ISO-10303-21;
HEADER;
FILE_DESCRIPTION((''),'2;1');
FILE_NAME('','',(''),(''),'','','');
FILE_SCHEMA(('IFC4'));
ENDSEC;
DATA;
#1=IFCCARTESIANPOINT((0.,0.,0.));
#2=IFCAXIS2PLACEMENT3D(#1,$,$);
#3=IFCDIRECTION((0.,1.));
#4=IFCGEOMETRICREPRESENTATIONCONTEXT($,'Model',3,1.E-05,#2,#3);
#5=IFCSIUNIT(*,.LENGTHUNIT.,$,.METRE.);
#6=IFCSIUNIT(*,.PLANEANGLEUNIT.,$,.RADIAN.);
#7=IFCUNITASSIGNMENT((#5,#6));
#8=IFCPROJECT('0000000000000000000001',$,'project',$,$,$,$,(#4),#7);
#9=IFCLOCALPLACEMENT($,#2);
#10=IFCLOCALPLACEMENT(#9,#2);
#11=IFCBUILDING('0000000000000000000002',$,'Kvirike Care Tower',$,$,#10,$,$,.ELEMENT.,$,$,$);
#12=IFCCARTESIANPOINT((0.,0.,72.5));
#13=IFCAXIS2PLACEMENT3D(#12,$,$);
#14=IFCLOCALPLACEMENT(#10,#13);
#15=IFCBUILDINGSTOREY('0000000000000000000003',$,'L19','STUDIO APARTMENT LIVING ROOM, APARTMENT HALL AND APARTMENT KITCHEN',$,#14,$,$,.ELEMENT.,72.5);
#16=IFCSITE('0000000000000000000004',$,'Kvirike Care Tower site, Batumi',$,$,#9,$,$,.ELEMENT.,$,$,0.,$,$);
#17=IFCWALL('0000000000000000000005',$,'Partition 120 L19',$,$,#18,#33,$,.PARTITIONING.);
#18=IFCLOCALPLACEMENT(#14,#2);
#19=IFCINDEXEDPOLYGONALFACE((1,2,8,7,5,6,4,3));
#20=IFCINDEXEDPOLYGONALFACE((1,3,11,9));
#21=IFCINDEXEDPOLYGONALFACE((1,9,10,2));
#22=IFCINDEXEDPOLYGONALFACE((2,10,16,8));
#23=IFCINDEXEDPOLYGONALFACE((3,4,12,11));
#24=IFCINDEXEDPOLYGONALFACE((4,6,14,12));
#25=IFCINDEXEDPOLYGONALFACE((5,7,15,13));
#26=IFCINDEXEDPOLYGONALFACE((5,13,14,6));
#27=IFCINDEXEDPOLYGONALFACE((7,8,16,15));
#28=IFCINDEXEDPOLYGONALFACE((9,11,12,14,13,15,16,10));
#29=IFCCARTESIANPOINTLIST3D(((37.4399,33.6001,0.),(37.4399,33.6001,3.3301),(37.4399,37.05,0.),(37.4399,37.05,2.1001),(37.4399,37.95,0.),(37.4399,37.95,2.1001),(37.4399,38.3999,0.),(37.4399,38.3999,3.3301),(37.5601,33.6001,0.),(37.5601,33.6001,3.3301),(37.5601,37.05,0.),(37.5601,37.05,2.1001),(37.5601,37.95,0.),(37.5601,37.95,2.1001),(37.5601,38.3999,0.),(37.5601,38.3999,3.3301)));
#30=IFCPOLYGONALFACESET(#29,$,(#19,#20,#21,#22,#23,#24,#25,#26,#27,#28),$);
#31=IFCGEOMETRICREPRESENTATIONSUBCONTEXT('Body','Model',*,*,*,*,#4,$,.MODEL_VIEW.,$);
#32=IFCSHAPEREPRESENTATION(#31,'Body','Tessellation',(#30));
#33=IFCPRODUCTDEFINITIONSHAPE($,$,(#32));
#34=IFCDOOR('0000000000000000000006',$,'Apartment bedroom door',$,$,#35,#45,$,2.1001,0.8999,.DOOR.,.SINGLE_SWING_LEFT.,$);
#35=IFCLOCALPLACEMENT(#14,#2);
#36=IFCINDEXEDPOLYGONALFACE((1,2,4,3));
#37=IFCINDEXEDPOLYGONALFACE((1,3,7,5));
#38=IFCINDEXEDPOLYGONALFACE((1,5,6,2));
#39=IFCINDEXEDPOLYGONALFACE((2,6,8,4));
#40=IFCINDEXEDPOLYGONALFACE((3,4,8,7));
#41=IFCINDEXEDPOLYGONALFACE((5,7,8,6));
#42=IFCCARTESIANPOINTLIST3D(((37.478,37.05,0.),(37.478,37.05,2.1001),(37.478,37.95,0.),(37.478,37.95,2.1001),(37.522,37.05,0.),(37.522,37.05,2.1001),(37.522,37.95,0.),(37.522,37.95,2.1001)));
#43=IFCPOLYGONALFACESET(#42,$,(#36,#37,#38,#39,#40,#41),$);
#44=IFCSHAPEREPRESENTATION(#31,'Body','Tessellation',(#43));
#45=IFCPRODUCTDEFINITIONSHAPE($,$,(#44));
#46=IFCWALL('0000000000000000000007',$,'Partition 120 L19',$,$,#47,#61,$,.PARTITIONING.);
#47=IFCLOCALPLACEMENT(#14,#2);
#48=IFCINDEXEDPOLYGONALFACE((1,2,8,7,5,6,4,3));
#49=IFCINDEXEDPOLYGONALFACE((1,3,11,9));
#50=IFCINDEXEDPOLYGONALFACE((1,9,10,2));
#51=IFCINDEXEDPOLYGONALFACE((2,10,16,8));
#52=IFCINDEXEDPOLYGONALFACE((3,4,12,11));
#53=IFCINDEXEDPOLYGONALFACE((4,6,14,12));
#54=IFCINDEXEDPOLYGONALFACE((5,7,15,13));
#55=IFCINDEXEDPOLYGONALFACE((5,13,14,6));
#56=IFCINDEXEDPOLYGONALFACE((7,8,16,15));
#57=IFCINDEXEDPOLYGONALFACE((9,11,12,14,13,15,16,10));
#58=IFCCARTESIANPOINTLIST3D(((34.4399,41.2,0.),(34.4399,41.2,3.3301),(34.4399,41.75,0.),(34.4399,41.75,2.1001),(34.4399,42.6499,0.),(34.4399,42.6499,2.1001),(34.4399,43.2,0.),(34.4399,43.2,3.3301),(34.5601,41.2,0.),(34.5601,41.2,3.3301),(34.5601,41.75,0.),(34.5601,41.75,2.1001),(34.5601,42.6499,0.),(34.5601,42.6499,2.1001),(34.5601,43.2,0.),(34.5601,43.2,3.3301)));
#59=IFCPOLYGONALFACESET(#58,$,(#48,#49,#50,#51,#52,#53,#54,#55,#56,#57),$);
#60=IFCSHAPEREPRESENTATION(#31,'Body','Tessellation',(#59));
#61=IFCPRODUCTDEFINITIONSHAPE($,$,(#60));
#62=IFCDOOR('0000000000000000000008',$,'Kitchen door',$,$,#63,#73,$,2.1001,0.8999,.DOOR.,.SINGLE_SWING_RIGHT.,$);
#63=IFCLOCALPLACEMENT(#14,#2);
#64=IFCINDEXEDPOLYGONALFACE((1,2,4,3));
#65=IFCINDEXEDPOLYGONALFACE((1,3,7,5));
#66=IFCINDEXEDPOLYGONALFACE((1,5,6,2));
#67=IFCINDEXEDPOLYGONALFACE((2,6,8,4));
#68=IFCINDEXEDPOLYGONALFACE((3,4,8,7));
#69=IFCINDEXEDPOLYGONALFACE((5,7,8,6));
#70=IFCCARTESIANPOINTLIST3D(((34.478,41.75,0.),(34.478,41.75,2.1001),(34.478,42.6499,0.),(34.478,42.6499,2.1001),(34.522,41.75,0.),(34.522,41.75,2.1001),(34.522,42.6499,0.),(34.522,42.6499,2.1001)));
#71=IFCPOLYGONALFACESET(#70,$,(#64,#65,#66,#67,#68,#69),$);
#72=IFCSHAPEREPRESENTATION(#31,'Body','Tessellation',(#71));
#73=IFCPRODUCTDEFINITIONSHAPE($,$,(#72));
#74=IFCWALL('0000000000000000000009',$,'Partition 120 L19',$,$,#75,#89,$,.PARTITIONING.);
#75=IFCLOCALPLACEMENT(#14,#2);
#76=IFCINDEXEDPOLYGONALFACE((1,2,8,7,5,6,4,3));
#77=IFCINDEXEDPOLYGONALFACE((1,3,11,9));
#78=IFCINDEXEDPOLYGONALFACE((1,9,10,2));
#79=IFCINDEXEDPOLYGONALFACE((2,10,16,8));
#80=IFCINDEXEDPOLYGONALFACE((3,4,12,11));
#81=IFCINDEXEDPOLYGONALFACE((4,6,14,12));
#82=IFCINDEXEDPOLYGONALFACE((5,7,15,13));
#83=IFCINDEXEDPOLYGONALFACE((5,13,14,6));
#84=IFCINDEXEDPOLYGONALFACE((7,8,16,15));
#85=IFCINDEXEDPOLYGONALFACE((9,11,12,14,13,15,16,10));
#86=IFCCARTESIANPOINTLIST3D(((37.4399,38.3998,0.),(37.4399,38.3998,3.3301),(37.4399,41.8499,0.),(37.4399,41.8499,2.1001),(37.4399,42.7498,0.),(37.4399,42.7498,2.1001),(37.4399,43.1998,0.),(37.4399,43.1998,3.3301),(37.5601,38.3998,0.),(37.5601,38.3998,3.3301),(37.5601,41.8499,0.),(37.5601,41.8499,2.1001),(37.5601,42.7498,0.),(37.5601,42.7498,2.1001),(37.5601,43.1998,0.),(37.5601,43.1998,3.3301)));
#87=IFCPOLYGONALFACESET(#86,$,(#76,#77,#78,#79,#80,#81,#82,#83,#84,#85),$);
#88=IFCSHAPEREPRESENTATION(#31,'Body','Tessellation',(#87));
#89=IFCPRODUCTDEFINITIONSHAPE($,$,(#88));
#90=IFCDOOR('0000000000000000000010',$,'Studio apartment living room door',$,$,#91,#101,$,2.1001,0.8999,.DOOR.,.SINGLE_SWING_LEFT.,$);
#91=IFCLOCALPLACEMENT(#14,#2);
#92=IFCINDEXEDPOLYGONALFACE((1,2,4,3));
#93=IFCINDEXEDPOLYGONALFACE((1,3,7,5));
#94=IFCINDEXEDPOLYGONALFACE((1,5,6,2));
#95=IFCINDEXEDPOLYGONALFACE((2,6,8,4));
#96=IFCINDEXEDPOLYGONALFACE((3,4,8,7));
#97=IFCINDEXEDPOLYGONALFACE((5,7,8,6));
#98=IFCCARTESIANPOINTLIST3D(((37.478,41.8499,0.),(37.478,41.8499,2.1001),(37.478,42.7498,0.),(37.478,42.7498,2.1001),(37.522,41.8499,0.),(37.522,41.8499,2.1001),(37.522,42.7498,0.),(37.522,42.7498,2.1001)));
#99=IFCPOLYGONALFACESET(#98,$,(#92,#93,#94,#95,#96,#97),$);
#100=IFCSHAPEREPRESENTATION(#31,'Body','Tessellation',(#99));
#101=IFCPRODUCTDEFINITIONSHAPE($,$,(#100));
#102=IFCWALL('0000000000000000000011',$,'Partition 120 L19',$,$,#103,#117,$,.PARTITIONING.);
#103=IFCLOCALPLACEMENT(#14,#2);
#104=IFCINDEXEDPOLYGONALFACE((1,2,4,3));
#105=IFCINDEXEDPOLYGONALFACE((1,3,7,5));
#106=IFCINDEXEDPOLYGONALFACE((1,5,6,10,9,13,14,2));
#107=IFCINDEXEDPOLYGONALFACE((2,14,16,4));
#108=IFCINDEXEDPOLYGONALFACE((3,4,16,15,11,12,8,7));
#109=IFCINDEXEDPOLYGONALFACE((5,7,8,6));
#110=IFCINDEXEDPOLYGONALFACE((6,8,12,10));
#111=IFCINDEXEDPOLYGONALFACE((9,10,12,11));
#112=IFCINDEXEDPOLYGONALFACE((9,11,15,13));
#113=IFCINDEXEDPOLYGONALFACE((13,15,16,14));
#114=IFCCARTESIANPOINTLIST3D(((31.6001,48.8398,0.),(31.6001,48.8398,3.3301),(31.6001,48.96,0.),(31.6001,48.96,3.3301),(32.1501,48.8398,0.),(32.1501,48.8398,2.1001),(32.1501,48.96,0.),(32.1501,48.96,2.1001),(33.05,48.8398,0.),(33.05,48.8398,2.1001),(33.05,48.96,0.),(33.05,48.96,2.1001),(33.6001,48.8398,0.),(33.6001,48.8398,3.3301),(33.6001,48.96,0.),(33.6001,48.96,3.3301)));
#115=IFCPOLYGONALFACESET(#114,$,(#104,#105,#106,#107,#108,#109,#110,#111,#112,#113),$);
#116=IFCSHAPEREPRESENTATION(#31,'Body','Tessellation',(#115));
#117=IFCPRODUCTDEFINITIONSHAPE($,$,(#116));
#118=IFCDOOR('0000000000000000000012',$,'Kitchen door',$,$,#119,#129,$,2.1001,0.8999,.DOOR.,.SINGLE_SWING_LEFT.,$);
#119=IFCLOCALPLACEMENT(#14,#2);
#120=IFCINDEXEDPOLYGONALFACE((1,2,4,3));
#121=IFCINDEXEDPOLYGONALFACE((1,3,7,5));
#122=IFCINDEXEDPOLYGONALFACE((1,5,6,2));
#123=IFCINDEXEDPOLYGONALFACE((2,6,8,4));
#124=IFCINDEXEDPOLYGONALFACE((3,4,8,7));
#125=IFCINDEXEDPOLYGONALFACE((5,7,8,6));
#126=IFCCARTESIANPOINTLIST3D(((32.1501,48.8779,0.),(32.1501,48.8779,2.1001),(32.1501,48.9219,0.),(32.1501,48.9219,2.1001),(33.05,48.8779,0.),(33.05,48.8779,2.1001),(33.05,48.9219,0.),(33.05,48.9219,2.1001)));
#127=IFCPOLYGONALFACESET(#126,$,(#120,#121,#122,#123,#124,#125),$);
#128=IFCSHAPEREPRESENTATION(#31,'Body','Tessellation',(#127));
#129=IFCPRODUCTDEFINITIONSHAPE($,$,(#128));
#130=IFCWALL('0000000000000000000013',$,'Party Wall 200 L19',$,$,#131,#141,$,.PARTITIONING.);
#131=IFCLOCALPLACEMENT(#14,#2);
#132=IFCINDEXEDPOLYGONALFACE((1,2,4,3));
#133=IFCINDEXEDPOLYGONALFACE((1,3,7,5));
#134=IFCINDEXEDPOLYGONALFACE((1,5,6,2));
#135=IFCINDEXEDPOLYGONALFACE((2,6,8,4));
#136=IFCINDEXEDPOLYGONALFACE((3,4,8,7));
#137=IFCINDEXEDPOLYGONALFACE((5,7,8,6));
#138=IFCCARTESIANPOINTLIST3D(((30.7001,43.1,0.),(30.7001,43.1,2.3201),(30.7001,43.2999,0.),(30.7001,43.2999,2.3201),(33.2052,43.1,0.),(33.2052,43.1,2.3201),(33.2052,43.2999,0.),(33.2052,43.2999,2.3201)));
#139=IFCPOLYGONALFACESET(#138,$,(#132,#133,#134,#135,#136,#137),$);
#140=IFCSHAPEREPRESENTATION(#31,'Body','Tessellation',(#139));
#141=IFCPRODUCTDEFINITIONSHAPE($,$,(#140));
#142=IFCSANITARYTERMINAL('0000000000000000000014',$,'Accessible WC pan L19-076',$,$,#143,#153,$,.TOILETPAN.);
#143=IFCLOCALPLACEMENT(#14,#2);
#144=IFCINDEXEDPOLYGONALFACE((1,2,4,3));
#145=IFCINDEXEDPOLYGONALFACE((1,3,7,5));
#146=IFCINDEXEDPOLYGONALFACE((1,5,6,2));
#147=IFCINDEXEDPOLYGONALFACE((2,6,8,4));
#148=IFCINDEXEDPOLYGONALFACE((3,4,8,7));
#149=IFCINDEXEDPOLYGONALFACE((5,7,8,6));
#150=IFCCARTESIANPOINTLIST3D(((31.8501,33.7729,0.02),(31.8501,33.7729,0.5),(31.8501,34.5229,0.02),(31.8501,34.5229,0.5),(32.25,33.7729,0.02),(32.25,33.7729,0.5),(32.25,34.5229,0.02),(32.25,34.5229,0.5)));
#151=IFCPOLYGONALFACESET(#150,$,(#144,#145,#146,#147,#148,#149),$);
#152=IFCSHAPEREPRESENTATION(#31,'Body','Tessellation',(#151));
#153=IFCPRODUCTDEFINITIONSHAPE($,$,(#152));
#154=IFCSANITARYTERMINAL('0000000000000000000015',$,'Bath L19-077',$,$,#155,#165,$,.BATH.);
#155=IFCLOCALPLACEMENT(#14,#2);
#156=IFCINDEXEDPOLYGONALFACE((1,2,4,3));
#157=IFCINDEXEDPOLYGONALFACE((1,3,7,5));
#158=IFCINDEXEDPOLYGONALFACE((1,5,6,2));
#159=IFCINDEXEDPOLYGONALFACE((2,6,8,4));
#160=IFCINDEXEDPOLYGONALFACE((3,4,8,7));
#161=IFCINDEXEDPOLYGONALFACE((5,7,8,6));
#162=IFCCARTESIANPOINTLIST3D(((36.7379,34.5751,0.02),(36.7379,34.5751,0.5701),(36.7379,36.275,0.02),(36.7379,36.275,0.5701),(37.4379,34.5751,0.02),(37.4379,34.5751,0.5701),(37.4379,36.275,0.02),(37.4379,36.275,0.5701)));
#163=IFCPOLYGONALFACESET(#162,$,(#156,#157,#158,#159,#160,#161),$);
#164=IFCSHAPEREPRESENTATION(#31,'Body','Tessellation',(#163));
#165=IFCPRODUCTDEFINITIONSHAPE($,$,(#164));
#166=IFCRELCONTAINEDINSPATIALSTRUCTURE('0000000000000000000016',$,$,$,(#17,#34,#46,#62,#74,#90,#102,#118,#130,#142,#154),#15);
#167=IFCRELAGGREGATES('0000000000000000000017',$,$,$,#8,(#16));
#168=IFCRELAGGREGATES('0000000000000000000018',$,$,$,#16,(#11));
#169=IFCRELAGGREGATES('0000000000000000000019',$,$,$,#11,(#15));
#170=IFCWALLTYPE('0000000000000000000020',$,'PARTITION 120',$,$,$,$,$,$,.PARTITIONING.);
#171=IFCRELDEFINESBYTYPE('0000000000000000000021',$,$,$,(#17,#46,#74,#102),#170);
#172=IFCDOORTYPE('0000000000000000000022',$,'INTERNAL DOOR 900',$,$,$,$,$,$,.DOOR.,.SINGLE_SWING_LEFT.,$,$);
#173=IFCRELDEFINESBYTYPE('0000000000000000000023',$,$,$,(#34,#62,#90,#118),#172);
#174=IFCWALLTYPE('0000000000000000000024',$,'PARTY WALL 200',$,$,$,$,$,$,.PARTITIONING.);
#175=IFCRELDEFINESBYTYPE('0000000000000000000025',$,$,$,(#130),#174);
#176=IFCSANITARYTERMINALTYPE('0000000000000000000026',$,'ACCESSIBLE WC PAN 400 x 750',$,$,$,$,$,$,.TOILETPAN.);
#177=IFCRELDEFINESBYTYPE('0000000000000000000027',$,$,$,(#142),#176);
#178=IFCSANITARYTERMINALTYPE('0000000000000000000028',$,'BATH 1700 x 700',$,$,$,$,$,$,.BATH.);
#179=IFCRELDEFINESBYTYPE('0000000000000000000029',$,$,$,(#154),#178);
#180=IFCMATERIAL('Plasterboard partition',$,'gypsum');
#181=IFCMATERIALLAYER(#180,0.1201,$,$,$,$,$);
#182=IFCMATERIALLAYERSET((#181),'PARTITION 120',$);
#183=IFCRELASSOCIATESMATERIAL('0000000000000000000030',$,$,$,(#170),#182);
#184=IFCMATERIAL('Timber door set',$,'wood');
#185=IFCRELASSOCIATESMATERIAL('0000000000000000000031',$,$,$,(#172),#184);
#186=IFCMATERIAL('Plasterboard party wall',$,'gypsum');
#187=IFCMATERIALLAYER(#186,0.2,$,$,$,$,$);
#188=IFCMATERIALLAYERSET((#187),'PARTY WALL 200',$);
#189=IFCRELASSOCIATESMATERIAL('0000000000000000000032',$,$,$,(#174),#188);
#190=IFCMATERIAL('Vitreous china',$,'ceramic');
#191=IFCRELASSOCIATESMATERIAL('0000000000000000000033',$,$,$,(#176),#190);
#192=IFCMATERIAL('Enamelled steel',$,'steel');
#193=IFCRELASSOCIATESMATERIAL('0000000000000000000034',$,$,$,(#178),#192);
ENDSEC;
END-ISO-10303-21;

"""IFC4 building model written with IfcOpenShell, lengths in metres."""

from ifc_helpers import new_model, si_unit, direction, frame, frame_2d, origin, origin_2d, place, context, subcontext, project, spatial, rectangle, extrude, material, layer, layer_set, type_object, element, fill, save


model = new_model("IFC4")

# Units and contexts
model_context = context("Model", 3, precision=1e-05, world=origin(), true_north=direction((0.0, 1.0)))
body_context = subcontext(model_context, "Body", "Model", "MODEL_VIEW")
ifc_project = project(units=[si_unit("LENGTHUNIT", "METRE"), si_unit("PLANEANGLEUNIT", "RADIAN")], contexts=[model_context])

# Site, building, storey
site_placement = place(None, origin())
site = spatial("IfcSite", under=ifc_project, at=site_placement, Name="Kvirike Care Tower site, Batumi", CompositionType="ELEMENT", RefElevation=0.0)
building_placement = place(site_placement, origin())
building = spatial("IfcBuilding", under=site, at=building_placement, Name="Kvirike Care Tower", CompositionType="ELEMENT")
storey_placement = place(building_placement, frame((0.0, 0.0, 72.5)))
storey = spatial("IfcBuildingStorey", under=building, at=storey_placement, Name="L19", Description="STUDIO APARTMENT LIVING ROOM, APARTMENT HALL AND APARTMENT KITCHEN", CompositionType="ELEMENT", Elevation=72.5)

# Walls, openings, doors
ifc_material_1 = material(Name="Plasterboard partition", Category="gypsum")
ifc_layer_1 = layer(ifc_material_1, 0.1201)
ifc_layer_set_1 = layer_set([ifc_layer_1], Name="PARTITION 120")
wall_type_1 = type_object("IfcWallType", Name="PARTITION 120", PredefinedType="PARTITIONING", material=ifc_layer_set_1)
wall_1_placement = place(storey_placement, frame((37.5, 33.6001, 0.0), z_axis=(0.0, 0.0, 1.0), x_axis=(0.0, 1.0, 0.0)))
wall_1 = element("IfcWall", 1, at=wall_1_placement, inside=storey, type_object=wall_type_1, Name="Partition 120 L19", PredefinedType="PARTITIONING", context=body_context, shape_type="SweptSolid", body=[
    extrude(rectangle(XDim=4.7998, YDim=0.1201, at=frame_2d((2.3999, 0.0))), origin(), (0.0, 0.0, 1.0), 3.3301),
])
opening_1_placement = place(wall_1_placement, frame((3.45, 0.0, 0.0)))
opening_1 = element("IfcOpeningElement", 2, at=opening_1_placement, cuts=wall_1, PredefinedType="OPENING", context=body_context, shape_type="SweptSolid", body=[
    extrude(rectangle(XDim=0.8999, YDim=2.1001, at=frame_2d((0.45, 1.05))), frame((0.0, 0.0706, 0.0), z_axis=(0.0, -1.0, 0.0), x_axis=(1.0, 0.0, 0.0)), (0.0, 0.0, 1.0), 0.1411),
])
ifc_material_2 = material(Name="Timber door set", Category="wood")
door_type_1 = type_object("IfcDoorType", Name="INTERNAL DOOR 900", OperationType="SINGLE_SWING_LEFT", PredefinedType="DOOR", material=ifc_material_2)
door_1_placement = place(opening_1_placement, origin())
door_1 = element("IfcDoor", 3, at=door_1_placement, inside=storey, type_object=door_type_1, Name="Apartment bedroom door", OperationType="SINGLE_SWING_LEFT", OverallHeight=2.1001, OverallWidth=0.8999, PredefinedType="DOOR", context=body_context, shape_type="SweptSolid", body=[
    extrude(rectangle(XDim=0.8999, YDim=2.1001, at=frame_2d((0.45, 1.05))), frame((0.0, 0.022, 0.0), z_axis=(0.0, -1.0, 0.0), x_axis=(1.0, 0.0, 0.0)), (0.0, 0.0, 1.0), 0.0439),
])
fill(opening_1, door_1)
wall_2_placement = place(storey_placement, frame((34.5, 41.2, 0.0), z_axis=(0.0, 0.0, 1.0), x_axis=(0.0, 1.0, 0.0)))
wall_2 = element("IfcWall", 4, at=wall_2_placement, inside=storey, type_object=wall_type_1, Name="Partition 120 L19", PredefinedType="PARTITIONING", context=body_context, shape_type="SweptSolid", body=[
    extrude(rectangle(XDim=2.0, YDim=0.1201, at=frame_2d((1.0, 0.0))), origin(), (0.0, 0.0, 1.0), 3.3301),
])
opening_2_placement = place(wall_2_placement, frame((0.55, 0.0, 0.0)))
opening_2 = element("IfcOpeningElement", 5, at=opening_2_placement, cuts=wall_2, PredefinedType="OPENING", context=body_context, shape_type="SweptSolid", body=[
    extrude(rectangle(XDim=0.8999, YDim=2.1001, at=frame_2d((0.45, 1.05))), frame((0.0, 0.0706, 0.0), z_axis=(0.0, -1.0, 0.0), x_axis=(1.0, 0.0, 0.0)), (0.0, 0.0, 1.0), 0.1411),
])
door_2_placement = place(opening_2_placement, frame((0.8999, 0.0, 0.0), z_axis=(0.0, 0.0, 1.0), x_axis=(-1.0, 0.0, 0.0)))
door_2 = element("IfcDoor", 6, at=door_2_placement, inside=storey, type_object=door_type_1, Name="Kitchen door", OperationType="SINGLE_SWING_RIGHT", OverallHeight=2.1001, OverallWidth=0.8999, PredefinedType="DOOR", context=body_context, shape_type="SweptSolid", body=[
    extrude(rectangle(XDim=0.8999, YDim=2.1001, at=frame_2d((0.45, 1.05))), frame((0.0, 0.022, 0.0), z_axis=(0.0, -1.0, 0.0), x_axis=(1.0, 0.0, 0.0)), (0.0, 0.0, 1.0), 0.0439),
])
fill(opening_2, door_2)
wall_3_placement = place(storey_placement, frame((37.5, 38.3999, 0.0), z_axis=(0.0, 0.0, 1.0), x_axis=(0.0, 1.0, 0.0)))
wall_3 = element("IfcWall", 7, at=wall_3_placement, inside=storey, type_object=wall_type_1, Name="Partition 120 L19", PredefinedType="PARTITIONING", context=body_context, shape_type="SweptSolid", body=[
    extrude(rectangle(XDim=4.8, YDim=0.1201, at=frame_2d((2.3999, 0.0))), origin(), (0.0, 0.0, 1.0), 3.3301),
])
opening_3_placement = place(wall_3_placement, frame((3.45, 0.0, 0.0)))
opening_3 = element("IfcOpeningElement", 8, at=opening_3_placement, cuts=wall_3, PredefinedType="OPENING", context=body_context, shape_type="SweptSolid", body=[
    extrude(rectangle(XDim=0.8999, YDim=2.1001, at=frame_2d((0.45, 1.05))), frame((0.0, 0.0706, 0.0), z_axis=(0.0, -1.0, 0.0), x_axis=(1.0, 0.0, 0.0)), (0.0, 0.0, 1.0), 0.1411),
])
door_3_placement = place(opening_3_placement, origin())
door_3 = element("IfcDoor", 9, at=door_3_placement, inside=storey, type_object=door_type_1, Name="Studio apartment living room door", OperationType="SINGLE_SWING_LEFT", OverallHeight=2.1001, OverallWidth=0.8999, PredefinedType="DOOR", context=body_context, shape_type="SweptSolid", body=[
    extrude(rectangle(XDim=0.8999, YDim=2.1001, at=frame_2d((0.45, 1.05))), frame((0.0, 0.022, 0.0), z_axis=(0.0, -1.0, 0.0), x_axis=(1.0, 0.0, 0.0)), (0.0, 0.0, 1.0), 0.0439),
])
fill(opening_3, door_3)
wall_4_placement = place(storey_placement, frame((33.6001, 48.8999, 0.0), z_axis=(0.0, 0.0, 1.0), x_axis=(-1.0, 0.0, 0.0)))
wall_4 = element("IfcWall", 10, at=wall_4_placement, inside=storey, type_object=wall_type_1, Name="Partition 120 L19", PredefinedType="PARTITIONING", context=body_context, shape_type="SweptSolid", body=[
    extrude(rectangle(XDim=2.0, YDim=0.1201, at=frame_2d((1.0, 0.0))), origin(), (0.0, 0.0, 1.0), 3.3301),
])
opening_4_placement = place(wall_4_placement, frame((0.55, 0.0, 0.0)))
opening_4 = element("IfcOpeningElement", 11, at=opening_4_placement, cuts=wall_4, PredefinedType="OPENING", context=body_context, shape_type="SweptSolid", body=[
    extrude(rectangle(XDim=0.8999, YDim=2.1001, at=frame_2d((0.45, 1.05))), frame((0.0, 0.0706, 0.0), z_axis=(0.0, -1.0, 0.0), x_axis=(1.0, 0.0, 0.0)), (0.0, 0.0, 1.0), 0.1411),
])
door_4_placement = place(opening_4_placement, frame((0.8999, 0.0, 0.0), z_axis=(0.0, 0.0, 1.0), x_axis=(-1.0, 0.0, 0.0)))
door_4 = element("IfcDoor", 12, at=door_4_placement, inside=storey, type_object=door_type_1, Name="Kitchen door", OperationType="SINGLE_SWING_LEFT", OverallHeight=2.1001, OverallWidth=0.8999, PredefinedType="DOOR", context=body_context, shape_type="SweptSolid", body=[
    extrude(rectangle(XDim=0.8999, YDim=2.1001, at=frame_2d((0.45, 1.05))), frame((0.0, 0.022, 0.0), z_axis=(0.0, -1.0, 0.0), x_axis=(1.0, 0.0, 0.0)), (0.0, 0.0, 1.0), 0.0439),
])
fill(opening_4, door_4)

# Wall
ifc_material_3 = material(Name="Plasterboard party wall", Category="gypsum")
ifc_layer_2 = layer(ifc_material_3, 0.2)
ifc_layer_set_2 = layer_set([ifc_layer_2], Name="PARTY WALL 200")
wall_type_2 = type_object("IfcWallType", Name="PARTY WALL 200", PredefinedType="PARTITIONING", material=ifc_layer_set_2)
wall_5_placement = place(storey_placement, frame((33.2051, 43.2, 0.0), z_axis=(0.0, 0.0, 1.0), x_axis=(-1.0, 0.0, 0.0)))
element("IfcWall", 13, at=wall_5_placement, inside=storey, type_object=wall_type_2, Name="Party Wall 200 L19", PredefinedType="PARTITIONING", context=body_context, shape_type="SweptSolid", body=[
    extrude(rectangle(XDim=2.5051, YDim=0.2, at=frame_2d((1.2524, 0.0))), origin(), (0.0, 0.0, 1.0), 2.3201),
])

# Sanitary terminals
ifc_material_4 = material(Name="Vitreous china", Category="ceramic")
sanitary_terminal_type_1 = type_object("IfcSanitaryTerminalType", Name="ACCESSIBLE WC PAN 400 x 750", PredefinedType="TOILETPAN", material=ifc_material_4)
sanitary_terminal_1_placement = place(storey_placement, frame((32.05, 34.1479, 0.02), z_axis=(0.0, 0.0, 1.0), x_axis=(1.0, 0.0, 0.0)))
element("IfcSanitaryTerminal", 14, at=sanitary_terminal_1_placement, inside=storey, type_object=sanitary_terminal_type_1, Name="Accessible WC pan L19-076", PredefinedType="TOILETPAN", context=body_context, shape_type="SweptSolid", body=[
    extrude(rectangle(XDim=0.3999, YDim=0.75, at=origin_2d()), origin(), (0.0, 0.0, 1.0), 0.48),
])
ifc_material_5 = material(Name="Enamelled steel", Category="steel")
sanitary_terminal_type_2 = type_object("IfcSanitaryTerminalType", Name="BATH 1700 x 700", PredefinedType="BATH", material=ifc_material_5)
for number, where, z_axis, x_axis, name in (
    (15, (37.0879, 35.425, 0.02), (0.0, 0.0, 1.0), (0.0, -1.0, 0.0), "Bath L19-077"),
):
    element("IfcSanitaryTerminal", number, at=place(storey_placement, frame(where, z_axis=z_axis, x_axis=x_axis)), inside=storey, type_object=sanitary_terminal_type_2, Name=name, PredefinedType="BATH", context=body_context, shape_type="SweptSolid", body=[
        extrude(rectangle(XDim=1.7, YDim=0.7, at=origin_2d()), origin(), (0.0, 0.0, 1.0), 0.55),
    ])

save(model, "model.ifc")
